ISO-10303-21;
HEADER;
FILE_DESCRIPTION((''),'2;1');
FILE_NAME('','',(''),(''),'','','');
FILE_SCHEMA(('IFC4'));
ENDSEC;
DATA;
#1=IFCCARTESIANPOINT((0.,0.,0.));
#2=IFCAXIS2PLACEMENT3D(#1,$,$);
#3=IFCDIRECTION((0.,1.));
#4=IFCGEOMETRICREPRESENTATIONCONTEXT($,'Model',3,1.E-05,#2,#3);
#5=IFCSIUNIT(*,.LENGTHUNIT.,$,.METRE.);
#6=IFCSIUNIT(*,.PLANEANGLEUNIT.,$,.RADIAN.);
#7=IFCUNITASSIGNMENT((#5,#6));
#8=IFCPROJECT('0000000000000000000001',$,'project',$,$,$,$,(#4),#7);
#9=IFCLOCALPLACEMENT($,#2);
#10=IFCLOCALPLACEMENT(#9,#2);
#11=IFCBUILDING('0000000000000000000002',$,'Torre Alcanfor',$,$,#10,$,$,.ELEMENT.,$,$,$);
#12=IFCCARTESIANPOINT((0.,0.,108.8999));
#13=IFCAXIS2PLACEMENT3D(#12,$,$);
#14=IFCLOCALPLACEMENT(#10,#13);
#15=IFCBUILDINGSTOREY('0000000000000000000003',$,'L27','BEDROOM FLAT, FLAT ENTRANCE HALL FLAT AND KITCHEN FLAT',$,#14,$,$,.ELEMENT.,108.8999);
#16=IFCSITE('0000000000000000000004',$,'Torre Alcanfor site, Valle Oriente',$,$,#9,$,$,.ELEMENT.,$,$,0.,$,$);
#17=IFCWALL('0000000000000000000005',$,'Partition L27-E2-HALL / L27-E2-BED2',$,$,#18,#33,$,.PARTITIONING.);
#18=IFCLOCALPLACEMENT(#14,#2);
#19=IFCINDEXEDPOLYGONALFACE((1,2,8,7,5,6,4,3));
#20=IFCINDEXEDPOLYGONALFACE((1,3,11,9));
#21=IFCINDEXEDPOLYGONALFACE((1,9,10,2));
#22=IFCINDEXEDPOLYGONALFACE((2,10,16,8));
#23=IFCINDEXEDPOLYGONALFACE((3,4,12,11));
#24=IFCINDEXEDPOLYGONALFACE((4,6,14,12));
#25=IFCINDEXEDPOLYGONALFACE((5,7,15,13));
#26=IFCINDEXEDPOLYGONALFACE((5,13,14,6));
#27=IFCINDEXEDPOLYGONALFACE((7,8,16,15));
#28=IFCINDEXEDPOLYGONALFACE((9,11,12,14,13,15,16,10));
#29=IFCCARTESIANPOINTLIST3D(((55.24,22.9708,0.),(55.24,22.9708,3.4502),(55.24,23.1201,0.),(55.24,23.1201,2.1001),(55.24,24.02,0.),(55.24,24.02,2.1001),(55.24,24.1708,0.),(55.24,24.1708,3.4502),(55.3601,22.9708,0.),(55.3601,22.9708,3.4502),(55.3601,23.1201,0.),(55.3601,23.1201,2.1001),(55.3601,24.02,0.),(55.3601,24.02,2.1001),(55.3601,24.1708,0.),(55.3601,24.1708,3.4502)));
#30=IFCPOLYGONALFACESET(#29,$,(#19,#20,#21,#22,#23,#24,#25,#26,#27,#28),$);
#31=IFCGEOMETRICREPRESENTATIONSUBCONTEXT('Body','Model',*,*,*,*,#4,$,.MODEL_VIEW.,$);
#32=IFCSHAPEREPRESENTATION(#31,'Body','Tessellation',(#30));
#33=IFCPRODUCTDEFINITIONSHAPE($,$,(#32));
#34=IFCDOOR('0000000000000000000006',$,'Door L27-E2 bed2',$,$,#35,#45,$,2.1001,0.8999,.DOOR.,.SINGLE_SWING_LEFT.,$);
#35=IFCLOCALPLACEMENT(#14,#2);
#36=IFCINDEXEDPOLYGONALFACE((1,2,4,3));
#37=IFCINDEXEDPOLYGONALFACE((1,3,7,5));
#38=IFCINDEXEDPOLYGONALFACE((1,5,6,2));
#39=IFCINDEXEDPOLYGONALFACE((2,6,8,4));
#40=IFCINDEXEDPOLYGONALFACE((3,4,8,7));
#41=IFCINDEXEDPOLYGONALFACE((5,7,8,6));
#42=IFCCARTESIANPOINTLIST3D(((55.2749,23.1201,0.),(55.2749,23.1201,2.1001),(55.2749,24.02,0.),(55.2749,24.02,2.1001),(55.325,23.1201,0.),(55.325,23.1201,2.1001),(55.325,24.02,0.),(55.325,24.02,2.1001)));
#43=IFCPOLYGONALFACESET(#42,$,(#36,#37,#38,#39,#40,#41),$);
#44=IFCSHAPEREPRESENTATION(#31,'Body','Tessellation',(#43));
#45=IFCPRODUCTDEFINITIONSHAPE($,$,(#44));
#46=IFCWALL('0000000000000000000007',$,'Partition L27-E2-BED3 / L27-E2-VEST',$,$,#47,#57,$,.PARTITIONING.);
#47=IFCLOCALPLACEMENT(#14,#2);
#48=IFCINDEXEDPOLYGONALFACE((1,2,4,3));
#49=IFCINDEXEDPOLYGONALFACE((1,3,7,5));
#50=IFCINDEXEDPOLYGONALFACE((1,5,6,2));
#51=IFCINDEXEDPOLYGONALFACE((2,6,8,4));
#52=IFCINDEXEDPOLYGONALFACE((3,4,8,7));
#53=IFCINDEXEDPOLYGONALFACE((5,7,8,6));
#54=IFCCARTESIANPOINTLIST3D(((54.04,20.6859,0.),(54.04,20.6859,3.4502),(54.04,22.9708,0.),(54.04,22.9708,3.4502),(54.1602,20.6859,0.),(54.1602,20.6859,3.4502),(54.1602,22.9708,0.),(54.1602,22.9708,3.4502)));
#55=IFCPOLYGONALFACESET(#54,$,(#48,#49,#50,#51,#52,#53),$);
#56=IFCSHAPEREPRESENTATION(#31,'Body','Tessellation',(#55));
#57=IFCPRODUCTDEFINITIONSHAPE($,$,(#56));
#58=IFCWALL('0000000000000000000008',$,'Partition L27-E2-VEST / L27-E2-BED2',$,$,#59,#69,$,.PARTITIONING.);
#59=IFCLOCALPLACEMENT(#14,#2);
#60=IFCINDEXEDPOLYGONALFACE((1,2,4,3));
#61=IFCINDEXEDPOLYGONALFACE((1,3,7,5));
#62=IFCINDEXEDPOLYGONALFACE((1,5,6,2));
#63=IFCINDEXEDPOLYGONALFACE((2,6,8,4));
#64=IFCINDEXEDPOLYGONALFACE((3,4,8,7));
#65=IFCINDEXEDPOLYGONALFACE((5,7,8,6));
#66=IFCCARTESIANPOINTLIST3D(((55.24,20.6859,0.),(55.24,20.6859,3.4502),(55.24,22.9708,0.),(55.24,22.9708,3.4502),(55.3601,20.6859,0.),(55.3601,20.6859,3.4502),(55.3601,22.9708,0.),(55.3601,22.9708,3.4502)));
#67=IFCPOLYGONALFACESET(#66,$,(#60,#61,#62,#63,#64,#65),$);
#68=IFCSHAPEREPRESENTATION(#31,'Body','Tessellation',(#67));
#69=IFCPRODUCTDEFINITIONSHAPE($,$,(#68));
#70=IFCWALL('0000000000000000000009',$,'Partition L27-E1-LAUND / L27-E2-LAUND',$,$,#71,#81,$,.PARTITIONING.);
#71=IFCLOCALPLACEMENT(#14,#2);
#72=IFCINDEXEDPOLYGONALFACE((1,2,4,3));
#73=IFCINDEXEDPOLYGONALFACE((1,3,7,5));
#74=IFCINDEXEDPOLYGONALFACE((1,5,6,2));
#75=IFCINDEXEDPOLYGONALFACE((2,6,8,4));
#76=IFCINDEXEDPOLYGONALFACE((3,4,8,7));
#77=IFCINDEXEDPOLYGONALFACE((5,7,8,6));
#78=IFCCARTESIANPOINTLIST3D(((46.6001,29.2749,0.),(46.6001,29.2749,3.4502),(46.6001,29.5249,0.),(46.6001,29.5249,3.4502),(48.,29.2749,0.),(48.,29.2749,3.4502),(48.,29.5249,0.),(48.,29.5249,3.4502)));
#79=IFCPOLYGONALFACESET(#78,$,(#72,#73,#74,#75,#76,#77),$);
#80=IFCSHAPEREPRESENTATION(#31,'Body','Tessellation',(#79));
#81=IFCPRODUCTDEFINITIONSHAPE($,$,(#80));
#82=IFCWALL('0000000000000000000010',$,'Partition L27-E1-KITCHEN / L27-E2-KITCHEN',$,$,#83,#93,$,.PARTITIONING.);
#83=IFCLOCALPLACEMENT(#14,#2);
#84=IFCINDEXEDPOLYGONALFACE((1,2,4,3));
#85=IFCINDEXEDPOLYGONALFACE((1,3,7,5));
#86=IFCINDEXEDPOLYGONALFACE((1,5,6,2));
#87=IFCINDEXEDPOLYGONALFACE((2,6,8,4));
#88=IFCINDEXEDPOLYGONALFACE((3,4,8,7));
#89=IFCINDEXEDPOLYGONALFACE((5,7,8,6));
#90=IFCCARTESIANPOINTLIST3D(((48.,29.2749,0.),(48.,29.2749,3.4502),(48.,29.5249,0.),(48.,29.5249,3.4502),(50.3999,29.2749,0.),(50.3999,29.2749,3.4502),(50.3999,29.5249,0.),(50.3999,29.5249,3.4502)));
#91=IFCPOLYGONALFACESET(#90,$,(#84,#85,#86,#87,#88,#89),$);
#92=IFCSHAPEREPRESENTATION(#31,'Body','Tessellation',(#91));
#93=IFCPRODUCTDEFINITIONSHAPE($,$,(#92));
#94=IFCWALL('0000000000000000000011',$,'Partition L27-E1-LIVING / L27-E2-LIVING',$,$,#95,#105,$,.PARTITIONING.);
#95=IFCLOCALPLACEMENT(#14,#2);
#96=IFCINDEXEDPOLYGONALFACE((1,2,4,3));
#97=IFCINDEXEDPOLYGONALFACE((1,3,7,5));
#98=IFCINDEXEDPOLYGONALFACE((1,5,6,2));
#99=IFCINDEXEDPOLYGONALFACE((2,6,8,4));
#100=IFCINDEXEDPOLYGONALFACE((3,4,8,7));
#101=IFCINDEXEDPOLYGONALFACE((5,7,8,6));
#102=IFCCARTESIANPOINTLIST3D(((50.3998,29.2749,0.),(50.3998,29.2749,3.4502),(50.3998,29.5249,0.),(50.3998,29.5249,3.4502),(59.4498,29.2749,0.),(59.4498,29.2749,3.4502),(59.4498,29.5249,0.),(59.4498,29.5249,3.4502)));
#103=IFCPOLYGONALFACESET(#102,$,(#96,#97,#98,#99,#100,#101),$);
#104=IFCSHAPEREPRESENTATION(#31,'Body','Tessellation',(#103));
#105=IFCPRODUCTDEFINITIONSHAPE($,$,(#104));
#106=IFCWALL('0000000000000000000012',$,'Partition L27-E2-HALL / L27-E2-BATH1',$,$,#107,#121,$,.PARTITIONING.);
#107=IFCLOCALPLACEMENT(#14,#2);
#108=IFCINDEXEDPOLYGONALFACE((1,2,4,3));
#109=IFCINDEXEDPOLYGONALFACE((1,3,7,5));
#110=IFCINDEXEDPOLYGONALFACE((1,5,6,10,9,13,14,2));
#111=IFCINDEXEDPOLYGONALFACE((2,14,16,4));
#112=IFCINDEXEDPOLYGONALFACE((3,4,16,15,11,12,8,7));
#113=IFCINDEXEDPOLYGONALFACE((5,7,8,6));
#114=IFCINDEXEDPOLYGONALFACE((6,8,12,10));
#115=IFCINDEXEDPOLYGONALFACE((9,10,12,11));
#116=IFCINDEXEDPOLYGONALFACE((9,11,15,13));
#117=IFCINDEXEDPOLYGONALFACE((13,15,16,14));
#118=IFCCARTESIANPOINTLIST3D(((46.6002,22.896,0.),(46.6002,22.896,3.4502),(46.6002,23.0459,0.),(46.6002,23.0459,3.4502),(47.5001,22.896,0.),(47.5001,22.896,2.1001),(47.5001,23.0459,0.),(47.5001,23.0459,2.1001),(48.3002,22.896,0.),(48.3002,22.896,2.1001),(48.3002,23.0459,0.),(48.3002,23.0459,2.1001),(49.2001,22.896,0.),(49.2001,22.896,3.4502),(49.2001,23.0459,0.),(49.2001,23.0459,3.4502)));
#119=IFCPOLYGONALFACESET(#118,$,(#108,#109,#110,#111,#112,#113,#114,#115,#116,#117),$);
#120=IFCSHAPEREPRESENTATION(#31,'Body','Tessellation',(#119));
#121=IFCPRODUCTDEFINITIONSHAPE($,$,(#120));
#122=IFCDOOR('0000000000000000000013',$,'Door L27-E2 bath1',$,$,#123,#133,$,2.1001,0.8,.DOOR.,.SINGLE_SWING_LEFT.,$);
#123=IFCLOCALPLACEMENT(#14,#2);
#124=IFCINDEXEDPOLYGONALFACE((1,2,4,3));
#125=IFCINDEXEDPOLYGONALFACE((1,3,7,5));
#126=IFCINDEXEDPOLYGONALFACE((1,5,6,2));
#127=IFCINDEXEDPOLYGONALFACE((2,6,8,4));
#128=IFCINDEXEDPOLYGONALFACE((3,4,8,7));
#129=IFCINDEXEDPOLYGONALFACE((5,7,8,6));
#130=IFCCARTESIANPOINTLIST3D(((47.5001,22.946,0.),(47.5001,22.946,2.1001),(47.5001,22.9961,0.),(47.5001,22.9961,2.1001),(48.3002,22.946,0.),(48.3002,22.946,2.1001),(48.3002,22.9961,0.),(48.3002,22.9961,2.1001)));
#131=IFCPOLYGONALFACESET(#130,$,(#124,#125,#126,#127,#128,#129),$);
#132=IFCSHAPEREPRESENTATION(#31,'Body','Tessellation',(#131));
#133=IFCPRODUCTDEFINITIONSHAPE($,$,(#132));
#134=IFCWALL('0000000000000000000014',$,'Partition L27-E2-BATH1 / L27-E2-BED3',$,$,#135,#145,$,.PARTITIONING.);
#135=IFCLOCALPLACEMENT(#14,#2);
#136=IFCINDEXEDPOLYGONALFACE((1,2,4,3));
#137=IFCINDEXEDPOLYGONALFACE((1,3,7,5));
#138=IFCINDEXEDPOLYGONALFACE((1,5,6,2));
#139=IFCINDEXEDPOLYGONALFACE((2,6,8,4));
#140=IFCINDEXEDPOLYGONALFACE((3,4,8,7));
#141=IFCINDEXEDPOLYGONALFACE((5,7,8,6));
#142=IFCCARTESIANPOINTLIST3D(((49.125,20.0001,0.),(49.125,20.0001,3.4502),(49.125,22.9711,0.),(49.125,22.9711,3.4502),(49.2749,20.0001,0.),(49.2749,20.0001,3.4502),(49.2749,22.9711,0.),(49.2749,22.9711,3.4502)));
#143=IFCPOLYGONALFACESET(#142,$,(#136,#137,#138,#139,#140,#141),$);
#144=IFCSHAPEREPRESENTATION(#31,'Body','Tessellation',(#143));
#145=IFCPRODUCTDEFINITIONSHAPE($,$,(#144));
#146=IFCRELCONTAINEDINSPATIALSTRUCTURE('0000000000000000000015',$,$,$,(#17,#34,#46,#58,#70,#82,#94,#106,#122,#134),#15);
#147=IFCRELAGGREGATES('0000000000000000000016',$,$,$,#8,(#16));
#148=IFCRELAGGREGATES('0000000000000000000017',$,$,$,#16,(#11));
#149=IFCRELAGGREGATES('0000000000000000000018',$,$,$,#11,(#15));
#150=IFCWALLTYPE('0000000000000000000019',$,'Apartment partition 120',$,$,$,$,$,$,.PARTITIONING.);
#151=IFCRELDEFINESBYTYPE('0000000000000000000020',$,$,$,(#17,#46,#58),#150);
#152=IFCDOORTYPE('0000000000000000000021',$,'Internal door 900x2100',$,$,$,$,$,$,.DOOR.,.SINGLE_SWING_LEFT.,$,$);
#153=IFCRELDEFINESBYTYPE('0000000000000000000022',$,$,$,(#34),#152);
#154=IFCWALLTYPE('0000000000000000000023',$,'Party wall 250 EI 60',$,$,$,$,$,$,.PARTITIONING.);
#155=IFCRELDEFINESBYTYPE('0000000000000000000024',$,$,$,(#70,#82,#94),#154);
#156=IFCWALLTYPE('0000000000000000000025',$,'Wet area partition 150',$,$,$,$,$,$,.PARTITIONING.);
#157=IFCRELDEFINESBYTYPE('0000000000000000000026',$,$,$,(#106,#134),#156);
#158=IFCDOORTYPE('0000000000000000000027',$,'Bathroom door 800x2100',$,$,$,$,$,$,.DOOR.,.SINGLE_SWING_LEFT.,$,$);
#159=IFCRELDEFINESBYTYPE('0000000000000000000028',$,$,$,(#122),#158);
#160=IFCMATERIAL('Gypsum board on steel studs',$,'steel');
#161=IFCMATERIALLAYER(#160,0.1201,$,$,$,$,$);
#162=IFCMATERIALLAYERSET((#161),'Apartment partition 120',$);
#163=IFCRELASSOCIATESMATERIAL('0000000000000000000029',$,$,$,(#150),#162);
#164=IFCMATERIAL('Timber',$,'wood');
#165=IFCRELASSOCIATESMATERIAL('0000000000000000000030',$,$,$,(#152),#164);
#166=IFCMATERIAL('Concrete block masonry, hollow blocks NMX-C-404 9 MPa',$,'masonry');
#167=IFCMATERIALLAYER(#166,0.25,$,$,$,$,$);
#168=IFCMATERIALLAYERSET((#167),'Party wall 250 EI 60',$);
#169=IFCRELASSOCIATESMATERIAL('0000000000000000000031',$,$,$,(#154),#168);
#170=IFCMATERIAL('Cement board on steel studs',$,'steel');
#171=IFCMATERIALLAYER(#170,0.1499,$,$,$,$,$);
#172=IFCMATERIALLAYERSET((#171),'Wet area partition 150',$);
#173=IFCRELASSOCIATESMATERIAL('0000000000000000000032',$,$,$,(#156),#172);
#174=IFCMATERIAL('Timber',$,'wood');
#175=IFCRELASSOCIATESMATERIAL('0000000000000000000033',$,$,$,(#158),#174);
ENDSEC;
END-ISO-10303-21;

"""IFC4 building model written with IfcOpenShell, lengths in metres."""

from ifc_helpers import new_model, si_unit, direction, frame, frame_2d, origin, place, context, subcontext, project, spatial, rectangle, extrude, material, layer, layer_set, type_object, element, fill, save


model = new_model("IFC4")

# Units and contexts
model_context = context("Model", 3, precision=1e-05, world=origin(), true_north=direction((0.0, 1.0)))
body_context = subcontext(model_context, "Body", "Model", "MODEL_VIEW")
ifc_project = project(units=[si_unit("LENGTHUNIT", "METRE"), si_unit("PLANEANGLEUNIT", "RADIAN")], contexts=[model_context])

# Site, building, storey
site_placement = place(None, origin())
site = spatial("IfcSite", under=ifc_project, at=site_placement, Name="Torre Alcanfor site, Valle Oriente", CompositionType="ELEMENT", RefElevation=0.0)
building_placement = place(site_placement, origin())
building = spatial("IfcBuilding", under=site, at=building_placement, Name="Torre Alcanfor", CompositionType="ELEMENT")
storey_placement = place(building_placement, frame((0.0, 0.0, 108.8999)))
storey = spatial("IfcBuildingStorey", under=building, at=storey_placement, Name="L27", Description="BEDROOM FLAT, FLAT ENTRANCE HALL FLAT AND KITCHEN FLAT", CompositionType="ELEMENT", Elevation=108.8999)

# Shared definitions
ifc_material_1 = material(Name="Gypsum board on steel studs", Category="steel")
ifc_layer_1 = layer(ifc_material_1, 0.1201)
ifc_layer_set_1 = layer_set([ifc_layer_1], Name="Apartment partition 120")
wall_type_1 = type_object("IfcWallType", Name="Apartment partition 120", PredefinedType="PARTITIONING", material=ifc_layer_set_1)

# Shared definitions
ifc_material_2 = material(Name="Timber", Category="wood")
door_type_1 = type_object("IfcDoorType", Name="Internal door 900x2100", OperationType="SINGLE_SWING_LEFT", PredefinedType="DOOR", material=ifc_material_2)

# Wall, opening, door
wall_1_placement = place(storey_placement, frame((55.3, 24.1709, 0.0), z_axis=(0.0, 0.0, 1.0), x_axis=(0.0, -1.0, 0.0)))
wall_1 = element("IfcWall", 1, at=wall_1_placement, inside=storey, type_object=wall_type_1, Name="Partition L27-E2-HALL / L27-E2-BED2", PredefinedType="PARTITIONING", context=body_context, shape_type="SweptSolid", body=[
    extrude(rectangle(XDim=1.2, YDim=0.1201, at=frame_2d((0.6001, 0.0))), origin(), (0.0, 0.0, 1.0), 3.4502),
])
opening_1_placement = place(wall_1_placement, frame((0.1509, 0.0, 0.0)))
opening_1 = element("IfcOpeningElement", 2, at=opening_1_placement, cuts=wall_1, PredefinedType="OPENING", context=body_context, shape_type="SweptSolid", body=[
    extrude(rectangle(XDim=0.8999, YDim=2.1001, at=frame_2d((0.45, 1.05))), frame((0.0, 0.0701, 0.0), z_axis=(0.0, -1.0, 0.0), x_axis=(1.0, 0.0, 0.0)), (0.0, 0.0, 1.0), 0.1401),
])
door_1_placement = place(opening_1_placement, origin())
door_1 = element("IfcDoor", 3, at=door_1_placement, inside=storey, type_object=door_type_1, Name="Door L27-E2 bed2", OperationType="SINGLE_SWING_LEFT", OverallHeight=2.1001, OverallWidth=0.8999, PredefinedType="DOOR", context=body_context, shape_type="SweptSolid", body=[
    extrude(rectangle(XDim=0.8999, YDim=2.1001, at=frame_2d((0.45, 1.05))), frame((0.0, 0.0249, 0.0), z_axis=(0.0, -1.0, 0.0), x_axis=(1.0, 0.0, 0.0)), (0.0, 0.0, 1.0), 0.05),
])
fill(opening_1, door_1)

# Walls
for number, where, z_axis, x_axis, name in (
    (4, (54.1001, 22.9709, 0.0), (0.0, 0.0, 1.0), (0.0, -1.0, 0.0), "Partition L27-E2-BED3 / L27-E2-VEST"),
    (5, (55.3, 22.9709, 0.0), (0.0, 0.0, 1.0), (0.0, -1.0, 0.0), "Partition L27-E2-VEST / L27-E2-BED2"),
):
    element("IfcWall", number, at=place(storey_placement, frame(where, z_axis=z_axis, x_axis=x_axis)), inside=storey, type_object=wall_type_1, Name=name, PredefinedType="PARTITIONING", context=body_context, shape_type="SweptSolid", body=[
        extrude(rectangle(XDim=2.2849, YDim=0.1201, at=frame_2d((1.1426, 0.0))), origin(), (0.0, 0.0, 1.0), 3.4502),
    ])
ifc_material_3 = material(Name="Concrete block masonry, hollow blocks NMX-C-404 9 MPa", Category="masonry")
ifc_layer_2 = layer(ifc_material_3, 0.25)
ifc_layer_set_2 = layer_set([ifc_layer_2], Name="Party wall 250 EI 60")
wall_type_2 = type_object("IfcWallType", Name="Party wall 250 EI 60", PredefinedType="PARTITIONING", material=ifc_layer_set_2)
wall_2_placement = place(storey_placement, frame((46.6001, 29.3999, 0.0), z_axis=(0.0, 0.0, 1.0), x_axis=(1.0, 0.0, 0.0)))
element("IfcWall", 6, at=wall_2_placement, inside=storey, type_object=wall_type_2, Name="Partition L27-E1-LAUND / L27-E2-LAUND", PredefinedType="PARTITIONING", context=body_context, shape_type="SweptSolid", body=[
    extrude(rectangle(XDim=1.3999, YDim=0.25, at=frame_2d((0.7, 0.0))), origin(), (0.0, 0.0, 1.0), 3.4502),
])
wall_3_placement = place(storey_placement, frame((48.0, 29.3999, 0.0), z_axis=(0.0, 0.0, 1.0), x_axis=(1.0, 0.0, 0.0)))
element("IfcWall", 7, at=wall_3_placement, inside=storey, type_object=wall_type_2, Name="Partition L27-E1-KITCHEN / L27-E2-KITCHEN", PredefinedType="PARTITIONING", context=body_context, shape_type="SweptSolid", body=[
    extrude(rectangle(XDim=2.3999, YDim=0.25, at=frame_2d((1.2, 0.0))), origin(), (0.0, 0.0, 1.0), 3.4502),
])
wall_4_placement = place(storey_placement, frame((50.3999, 29.3999, 0.0), z_axis=(0.0, 0.0, 1.0), x_axis=(1.0, 0.0, 0.0)))
element("IfcWall", 8, at=wall_4_placement, inside=storey, type_object=wall_type_2, Name="Partition L27-E1-LIVING / L27-E2-LIVING", PredefinedType="PARTITIONING", context=body_context, shape_type="SweptSolid", body=[
    extrude(rectangle(XDim=9.05, YDim=0.25, at=frame_2d((4.5249, 0.0))), origin(), (0.0, 0.0, 1.0), 3.4502),
])

# Wall, opening, door
ifc_material_4 = material(Name="Cement board on steel studs", Category="steel")
ifc_layer_3 = layer(ifc_material_4, 0.1499)
ifc_layer_set_3 = layer_set([ifc_layer_3], Name="Wet area partition 150")
wall_type_3 = type_object("IfcWallType", Name="Wet area partition 150", PredefinedType="PARTITIONING", material=ifc_layer_set_3)
wall_5_placement = place(storey_placement, frame((49.2, 22.9709, 0.0), z_axis=(0.0, 0.0, 1.0), x_axis=(-1.0, 0.0, 0.0)))
wall_5 = element("IfcWall", 9, at=wall_5_placement, inside=storey, type_object=wall_type_3, Name="Partition L27-E2-HALL / L27-E2-BATH1", PredefinedType="PARTITIONING", context=body_context, shape_type="SweptSolid", body=[
    extrude(rectangle(XDim=2.5999, YDim=0.1499, at=frame_2d((1.2998, 0.0))), origin(), (0.0, 0.0, 1.0), 3.4502),
])
opening_2_placement = place(wall_5_placement, frame((0.8999, 0.0, 0.0)))
opening_2 = element("IfcOpeningElement", 10, at=opening_2_placement, cuts=wall_5, PredefinedType="OPENING", context=body_context, shape_type="SweptSolid", body=[
    extrude(rectangle(XDim=0.8, YDim=2.1001, at=frame_2d((0.3999, 1.05))), frame((0.0, 0.085, 0.0), z_axis=(0.0, -1.0, 0.0), x_axis=(1.0, 0.0, 0.0)), (0.0, 0.0, 1.0), 0.1699),
])
ifc_material_5 = material(Name="Timber", Category="wood")
door_type_2 = type_object("IfcDoorType", Name="Bathroom door 800x2100", OperationType="SINGLE_SWING_LEFT", PredefinedType="DOOR", material=ifc_material_5)
door_2_placement = place(opening_2_placement, origin())
door_2 = element("IfcDoor", 11, at=door_2_placement, inside=storey, type_object=door_type_2, Name="Door L27-E2 bath1", OperationType="SINGLE_SWING_LEFT", OverallHeight=2.1001, OverallWidth=0.8, PredefinedType="DOOR", context=body_context, shape_type="SweptSolid", body=[
    extrude(rectangle(XDim=0.8, YDim=2.1001, at=frame_2d((0.3999, 1.05))), frame((0.0, 0.0249, 0.0), z_axis=(0.0, -1.0, 0.0), x_axis=(1.0, 0.0, 0.0)), (0.0, 0.0, 1.0), 0.05),
])
fill(opening_2, door_2)

# Wall
wall_6_placement = place(storey_placement, frame((49.2, 22.9709, 0.0), z_axis=(0.0, 0.0, 1.0), x_axis=(0.0, -1.0, 0.0)))
element("IfcWall", 12, at=wall_6_placement, inside=storey, type_object=wall_type_3, Name="Partition L27-E2-BATH1 / L27-E2-BED3", PredefinedType="PARTITIONING", context=body_context, shape_type="SweptSolid", body=[
    extrude(rectangle(XDim=2.9709, YDim=0.1499, at=frame_2d((1.4854, 0.0))), origin(), (0.0, 0.0, 1.0), 3.4502),
])

save(model, "model.ifc")
